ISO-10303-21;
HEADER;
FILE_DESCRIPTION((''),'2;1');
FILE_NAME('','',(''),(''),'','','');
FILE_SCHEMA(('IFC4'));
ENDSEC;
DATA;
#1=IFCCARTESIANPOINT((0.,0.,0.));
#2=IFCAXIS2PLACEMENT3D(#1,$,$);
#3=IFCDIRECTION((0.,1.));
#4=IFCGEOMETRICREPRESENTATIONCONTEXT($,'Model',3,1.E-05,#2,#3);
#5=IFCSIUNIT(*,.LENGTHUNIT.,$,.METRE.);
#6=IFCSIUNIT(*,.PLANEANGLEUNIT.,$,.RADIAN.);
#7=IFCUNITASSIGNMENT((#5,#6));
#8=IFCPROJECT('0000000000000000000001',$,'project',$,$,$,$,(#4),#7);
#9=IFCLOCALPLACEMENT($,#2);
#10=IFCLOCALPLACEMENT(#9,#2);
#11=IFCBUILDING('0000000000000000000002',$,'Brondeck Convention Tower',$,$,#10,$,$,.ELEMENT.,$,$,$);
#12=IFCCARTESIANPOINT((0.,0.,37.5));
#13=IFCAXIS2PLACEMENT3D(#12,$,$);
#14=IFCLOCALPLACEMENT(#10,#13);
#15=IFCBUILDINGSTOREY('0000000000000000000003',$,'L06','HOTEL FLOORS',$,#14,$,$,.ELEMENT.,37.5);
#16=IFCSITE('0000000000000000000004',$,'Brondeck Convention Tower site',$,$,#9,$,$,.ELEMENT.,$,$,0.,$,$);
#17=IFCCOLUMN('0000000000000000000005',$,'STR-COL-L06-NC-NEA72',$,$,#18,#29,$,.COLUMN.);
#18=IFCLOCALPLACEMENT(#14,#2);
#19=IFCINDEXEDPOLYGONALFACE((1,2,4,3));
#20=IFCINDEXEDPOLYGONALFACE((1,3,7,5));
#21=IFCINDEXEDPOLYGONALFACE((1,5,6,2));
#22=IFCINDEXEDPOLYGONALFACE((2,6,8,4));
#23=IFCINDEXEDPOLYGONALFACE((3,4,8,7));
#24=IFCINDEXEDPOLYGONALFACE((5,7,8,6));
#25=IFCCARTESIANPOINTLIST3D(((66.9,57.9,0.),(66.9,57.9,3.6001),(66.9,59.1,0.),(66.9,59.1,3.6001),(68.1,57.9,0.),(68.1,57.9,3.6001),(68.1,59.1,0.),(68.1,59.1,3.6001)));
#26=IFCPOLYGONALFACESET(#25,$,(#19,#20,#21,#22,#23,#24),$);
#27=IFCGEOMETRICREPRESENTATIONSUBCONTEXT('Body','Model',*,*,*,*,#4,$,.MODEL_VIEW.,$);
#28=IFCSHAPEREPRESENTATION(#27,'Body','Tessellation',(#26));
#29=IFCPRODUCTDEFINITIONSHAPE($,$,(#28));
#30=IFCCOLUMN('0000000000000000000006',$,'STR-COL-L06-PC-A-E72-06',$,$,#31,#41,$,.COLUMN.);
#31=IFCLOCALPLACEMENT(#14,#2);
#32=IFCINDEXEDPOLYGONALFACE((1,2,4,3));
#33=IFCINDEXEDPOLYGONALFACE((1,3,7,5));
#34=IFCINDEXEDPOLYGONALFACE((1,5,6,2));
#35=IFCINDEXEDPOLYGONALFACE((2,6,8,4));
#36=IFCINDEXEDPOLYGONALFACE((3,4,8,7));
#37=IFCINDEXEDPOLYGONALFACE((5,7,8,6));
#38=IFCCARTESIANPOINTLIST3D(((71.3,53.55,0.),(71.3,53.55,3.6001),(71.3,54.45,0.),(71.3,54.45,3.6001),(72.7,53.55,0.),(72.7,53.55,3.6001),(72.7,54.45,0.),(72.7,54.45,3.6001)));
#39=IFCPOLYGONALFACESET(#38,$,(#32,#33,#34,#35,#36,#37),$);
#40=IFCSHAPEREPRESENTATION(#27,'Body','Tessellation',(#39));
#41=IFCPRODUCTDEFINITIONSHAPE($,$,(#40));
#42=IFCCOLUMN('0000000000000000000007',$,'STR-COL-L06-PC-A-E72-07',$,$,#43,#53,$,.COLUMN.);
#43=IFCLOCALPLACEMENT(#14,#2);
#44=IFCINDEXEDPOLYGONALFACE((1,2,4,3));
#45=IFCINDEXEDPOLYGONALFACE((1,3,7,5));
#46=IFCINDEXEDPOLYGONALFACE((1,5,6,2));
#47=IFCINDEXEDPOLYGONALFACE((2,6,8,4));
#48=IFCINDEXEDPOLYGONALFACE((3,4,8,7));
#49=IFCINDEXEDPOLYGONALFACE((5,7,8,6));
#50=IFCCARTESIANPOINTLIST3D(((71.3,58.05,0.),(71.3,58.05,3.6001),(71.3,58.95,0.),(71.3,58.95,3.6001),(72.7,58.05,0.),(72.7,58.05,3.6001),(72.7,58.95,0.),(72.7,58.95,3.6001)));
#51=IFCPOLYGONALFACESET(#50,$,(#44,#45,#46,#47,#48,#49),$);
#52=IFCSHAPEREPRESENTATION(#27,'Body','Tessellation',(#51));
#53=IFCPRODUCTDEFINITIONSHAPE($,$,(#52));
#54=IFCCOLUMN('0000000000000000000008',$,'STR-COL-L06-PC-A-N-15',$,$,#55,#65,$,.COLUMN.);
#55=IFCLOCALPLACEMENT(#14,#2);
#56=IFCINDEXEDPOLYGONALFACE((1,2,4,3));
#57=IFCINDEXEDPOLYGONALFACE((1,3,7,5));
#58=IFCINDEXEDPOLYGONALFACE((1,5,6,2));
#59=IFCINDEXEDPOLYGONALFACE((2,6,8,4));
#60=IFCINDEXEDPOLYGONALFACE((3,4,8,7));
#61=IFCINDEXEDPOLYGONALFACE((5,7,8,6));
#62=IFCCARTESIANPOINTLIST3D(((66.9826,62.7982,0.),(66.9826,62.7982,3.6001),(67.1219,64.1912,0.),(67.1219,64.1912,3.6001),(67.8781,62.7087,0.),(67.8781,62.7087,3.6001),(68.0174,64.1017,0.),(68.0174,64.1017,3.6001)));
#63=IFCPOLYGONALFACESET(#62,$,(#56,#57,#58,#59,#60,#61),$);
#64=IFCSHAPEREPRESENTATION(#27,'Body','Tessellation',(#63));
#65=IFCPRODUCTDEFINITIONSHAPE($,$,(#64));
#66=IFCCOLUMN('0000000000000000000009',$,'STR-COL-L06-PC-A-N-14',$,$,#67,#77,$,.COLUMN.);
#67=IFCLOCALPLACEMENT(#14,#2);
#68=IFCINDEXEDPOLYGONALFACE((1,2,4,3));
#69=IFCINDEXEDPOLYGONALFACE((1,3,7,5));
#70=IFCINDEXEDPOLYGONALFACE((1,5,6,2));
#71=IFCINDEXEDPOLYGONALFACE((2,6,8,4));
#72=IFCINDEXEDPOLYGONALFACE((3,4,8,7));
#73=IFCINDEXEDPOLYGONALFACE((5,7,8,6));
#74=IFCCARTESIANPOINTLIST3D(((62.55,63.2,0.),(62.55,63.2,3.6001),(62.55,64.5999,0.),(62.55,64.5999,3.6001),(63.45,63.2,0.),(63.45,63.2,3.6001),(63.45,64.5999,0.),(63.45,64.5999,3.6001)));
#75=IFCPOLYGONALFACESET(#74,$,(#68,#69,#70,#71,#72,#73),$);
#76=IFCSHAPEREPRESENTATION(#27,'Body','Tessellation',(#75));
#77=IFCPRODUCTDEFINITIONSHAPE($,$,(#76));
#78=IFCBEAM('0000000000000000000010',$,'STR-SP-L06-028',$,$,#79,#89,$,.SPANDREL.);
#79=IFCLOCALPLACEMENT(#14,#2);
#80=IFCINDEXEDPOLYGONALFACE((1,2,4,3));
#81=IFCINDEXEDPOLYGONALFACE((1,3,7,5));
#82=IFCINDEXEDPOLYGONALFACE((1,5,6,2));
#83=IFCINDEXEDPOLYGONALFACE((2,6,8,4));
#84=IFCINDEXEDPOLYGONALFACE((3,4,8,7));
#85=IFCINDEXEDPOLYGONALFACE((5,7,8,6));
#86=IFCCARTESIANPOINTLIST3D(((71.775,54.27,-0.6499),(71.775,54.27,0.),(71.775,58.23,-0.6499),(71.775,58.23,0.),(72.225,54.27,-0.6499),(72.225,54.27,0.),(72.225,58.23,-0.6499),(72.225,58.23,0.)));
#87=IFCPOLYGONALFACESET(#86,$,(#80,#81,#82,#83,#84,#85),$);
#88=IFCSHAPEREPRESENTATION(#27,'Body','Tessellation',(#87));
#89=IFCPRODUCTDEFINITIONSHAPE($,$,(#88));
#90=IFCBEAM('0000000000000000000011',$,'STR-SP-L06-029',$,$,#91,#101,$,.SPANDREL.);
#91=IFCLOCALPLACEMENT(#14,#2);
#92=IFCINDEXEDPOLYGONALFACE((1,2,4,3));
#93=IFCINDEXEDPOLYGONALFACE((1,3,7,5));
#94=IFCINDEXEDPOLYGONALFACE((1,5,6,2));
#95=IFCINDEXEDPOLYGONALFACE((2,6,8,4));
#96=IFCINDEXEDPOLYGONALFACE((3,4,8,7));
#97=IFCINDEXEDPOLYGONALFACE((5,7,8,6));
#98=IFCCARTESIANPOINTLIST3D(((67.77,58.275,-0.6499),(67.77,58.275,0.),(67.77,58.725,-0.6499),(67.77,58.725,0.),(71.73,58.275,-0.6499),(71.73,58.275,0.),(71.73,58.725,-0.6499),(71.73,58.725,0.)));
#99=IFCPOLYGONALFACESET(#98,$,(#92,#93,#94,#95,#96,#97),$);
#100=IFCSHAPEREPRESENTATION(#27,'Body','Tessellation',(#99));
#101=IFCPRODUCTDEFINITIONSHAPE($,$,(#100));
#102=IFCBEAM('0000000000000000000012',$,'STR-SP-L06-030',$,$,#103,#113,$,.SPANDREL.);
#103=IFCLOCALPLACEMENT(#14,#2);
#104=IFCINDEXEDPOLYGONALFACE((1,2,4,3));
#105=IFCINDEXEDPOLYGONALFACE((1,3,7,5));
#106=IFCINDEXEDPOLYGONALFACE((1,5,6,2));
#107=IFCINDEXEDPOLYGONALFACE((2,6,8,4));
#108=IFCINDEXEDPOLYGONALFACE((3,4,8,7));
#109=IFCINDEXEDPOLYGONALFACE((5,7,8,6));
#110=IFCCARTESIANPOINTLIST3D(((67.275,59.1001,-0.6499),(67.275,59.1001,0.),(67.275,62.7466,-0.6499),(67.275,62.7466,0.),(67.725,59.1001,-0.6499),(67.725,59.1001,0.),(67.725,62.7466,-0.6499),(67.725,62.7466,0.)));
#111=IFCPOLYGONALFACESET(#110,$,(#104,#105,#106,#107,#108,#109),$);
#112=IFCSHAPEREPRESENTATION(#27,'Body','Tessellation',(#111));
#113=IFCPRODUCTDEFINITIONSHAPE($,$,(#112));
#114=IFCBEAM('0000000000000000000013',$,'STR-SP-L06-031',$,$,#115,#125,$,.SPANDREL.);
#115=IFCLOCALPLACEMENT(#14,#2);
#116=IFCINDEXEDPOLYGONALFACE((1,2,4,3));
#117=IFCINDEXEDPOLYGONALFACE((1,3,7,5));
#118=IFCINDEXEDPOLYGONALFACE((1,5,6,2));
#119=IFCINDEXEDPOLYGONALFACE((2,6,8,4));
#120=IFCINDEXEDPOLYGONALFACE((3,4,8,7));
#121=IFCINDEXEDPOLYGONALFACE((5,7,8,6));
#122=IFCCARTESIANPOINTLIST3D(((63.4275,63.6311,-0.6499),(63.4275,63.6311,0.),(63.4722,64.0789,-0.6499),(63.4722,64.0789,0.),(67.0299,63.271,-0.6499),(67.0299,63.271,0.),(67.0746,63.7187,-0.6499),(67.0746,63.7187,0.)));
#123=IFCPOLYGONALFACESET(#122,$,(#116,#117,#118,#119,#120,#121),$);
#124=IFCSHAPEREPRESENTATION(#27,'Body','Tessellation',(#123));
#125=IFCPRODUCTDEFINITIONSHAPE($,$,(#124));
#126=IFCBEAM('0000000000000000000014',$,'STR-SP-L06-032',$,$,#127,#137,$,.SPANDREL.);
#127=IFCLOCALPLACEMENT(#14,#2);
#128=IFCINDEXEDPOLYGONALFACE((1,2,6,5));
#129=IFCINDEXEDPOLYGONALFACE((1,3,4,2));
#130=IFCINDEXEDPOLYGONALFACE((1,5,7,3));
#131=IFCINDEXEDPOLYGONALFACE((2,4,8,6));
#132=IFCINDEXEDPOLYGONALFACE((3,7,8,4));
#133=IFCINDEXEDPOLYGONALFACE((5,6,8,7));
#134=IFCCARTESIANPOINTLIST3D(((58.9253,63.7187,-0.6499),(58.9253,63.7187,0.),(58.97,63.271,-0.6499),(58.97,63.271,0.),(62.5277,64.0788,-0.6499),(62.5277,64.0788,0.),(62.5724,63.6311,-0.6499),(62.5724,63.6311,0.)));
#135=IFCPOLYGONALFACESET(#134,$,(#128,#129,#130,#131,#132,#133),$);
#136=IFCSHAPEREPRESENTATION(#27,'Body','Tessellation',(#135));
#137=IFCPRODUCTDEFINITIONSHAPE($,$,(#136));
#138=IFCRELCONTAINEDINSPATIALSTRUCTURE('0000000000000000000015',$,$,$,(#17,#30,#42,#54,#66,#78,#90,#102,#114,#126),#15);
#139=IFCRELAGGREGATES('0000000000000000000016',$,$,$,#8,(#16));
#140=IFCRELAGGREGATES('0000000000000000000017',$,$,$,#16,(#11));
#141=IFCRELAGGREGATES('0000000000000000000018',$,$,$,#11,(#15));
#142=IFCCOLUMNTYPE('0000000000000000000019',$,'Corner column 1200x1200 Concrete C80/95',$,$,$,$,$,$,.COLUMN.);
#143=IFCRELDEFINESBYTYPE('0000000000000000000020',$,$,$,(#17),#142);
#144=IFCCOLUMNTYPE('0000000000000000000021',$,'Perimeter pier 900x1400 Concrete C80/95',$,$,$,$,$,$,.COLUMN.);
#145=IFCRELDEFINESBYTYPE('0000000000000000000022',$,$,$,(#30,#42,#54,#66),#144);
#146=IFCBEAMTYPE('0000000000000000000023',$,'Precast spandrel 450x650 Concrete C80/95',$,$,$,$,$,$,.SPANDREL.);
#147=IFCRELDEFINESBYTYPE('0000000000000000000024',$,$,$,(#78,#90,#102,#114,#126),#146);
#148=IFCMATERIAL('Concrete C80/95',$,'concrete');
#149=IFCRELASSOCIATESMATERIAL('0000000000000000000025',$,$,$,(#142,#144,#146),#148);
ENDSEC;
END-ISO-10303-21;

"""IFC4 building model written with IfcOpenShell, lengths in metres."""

from ifc_helpers import new_model, si_unit, direction, frame, origin, origin_2d, place, context, subcontext, project, spatial, rectangle, extrude, material, material_profile, profile_set, type_object, element, save


model = new_model("IFC4")

# Units and contexts
model_context = context("Model", 3, precision=1e-05, world=origin(), true_north=direction((0.0, 1.0)))
body_context = subcontext(model_context, "Body", "Model", "MODEL_VIEW")
ifc_project = project(units=[si_unit("LENGTHUNIT", "METRE"), si_unit("PLANEANGLEUNIT", "RADIAN")], contexts=[model_context])

# Site, building, storey
site_placement = place(None, origin())
site = spatial("IfcSite", under=ifc_project, at=site_placement, Name="Brondeck Convention Tower site", CompositionType="ELEMENT", RefElevation=0.0)
building_placement = place(site_placement, origin())
building = spatial("IfcBuilding", under=site, at=building_placement, Name="Brondeck Convention Tower", CompositionType="ELEMENT")
storey_placement = place(building_placement, frame((0.0, 0.0, 37.5)))
storey = spatial("IfcBuildingStorey", under=building, at=storey_placement, Name="L06", Description="HOTEL FLOORS", CompositionType="ELEMENT", Elevation=37.5)

# Columns
ifc_material_1 = material(Name="Concrete C80/95", Category="concrete")
ifc_material_profile_1 = material_profile(ifc_material_1, rectangle(XDim=1.2, YDim=1.2, at=origin_2d()), Name="Corner column 1200x1200 Concrete C80/95")
ifc_profile_set_1 = profile_set([ifc_material_profile_1], Name="Concrete C80/95")
column_type_1 = type_object("IfcColumnType", Name="Corner column 1200x1200 Concrete C80/95", PredefinedType="COLUMN", material=ifc_profile_set_1)
column_placement = place(storey_placement, frame((67.5, 58.5, 0.0), z_axis=(0.0, 0.0, 1.0), x_axis=(1.0, 0.0, 0.0)))
element("IfcColumn", 1, at=column_placement, inside=storey, type_object=column_type_1, Name="STR-COL-L06-NC-NEA72", PredefinedType="COLUMN", context=body_context, shape_type="SweptSolid", body=[
    extrude(rectangle(XDim=1.2, YDim=1.2, at=origin_2d()), origin(), (0.0, 0.0, 1.0), 3.6001),
])
ifc_material_profile_2 = material_profile(ifc_material_1, rectangle(XDim=0.8999, YDim=1.3999, at=origin_2d()), Name="Perimeter pier 900x1400 Concrete C80/95")
ifc_profile_set_2 = profile_set([ifc_material_profile_2], Name="Concrete C80/95")
column_type_2 = type_object("IfcColumnType", Name="Perimeter pier 900x1400 Concrete C80/95", PredefinedType="COLUMN", material=ifc_profile_set_2)
for number, where, z_axis, x_axis, name in (
    (2, (72.0, 54.0, 0.0), (0.0, 0.0, 1.0), (0.0, 1.0, 0.0), "STR-COL-L06-PC-A-E72-06"),
    (3, (72.0, 58.5, 0.0), (0.0, 0.0, 1.0), (0.0, 1.0, 0.0), "STR-COL-L06-PC-A-E72-07"),
    (4, (67.5, 63.45, 0.0), (0.0, 0.0, 1.0), (-0.995037, 0.099504, 0.0), "STR-COL-L06-PC-A-N-15"),
    (5, (63.0, 63.8999, 0.0), (0.0, 0.0, 1.0), (-1.0, 0.0, 0.0), "STR-COL-L06-PC-A-N-14"),
):
    element("IfcColumn", number, at=place(storey_placement, frame(where, z_axis=z_axis, x_axis=x_axis)), inside=storey, type_object=column_type_2, Name=name, PredefinedType="COLUMN", context=body_context, shape_type="SweptSolid", body=[
        extrude(rectangle(XDim=0.8999, YDim=1.3999, at=origin_2d()), origin(), (0.0, 0.0, 1.0), 3.6001),
    ])

# Beams
ifc_material_profile_3 = material_profile(ifc_material_1, rectangle(XDim=0.45, YDim=0.6499, at=origin_2d()), Name="Precast spandrel 450x650 Concrete C80/95")
ifc_profile_set_3 = profile_set([ifc_material_profile_3], Name="Concrete C80/95")
beam_type = type_object("IfcBeamType", Name="Precast spandrel 450x650 Concrete C80/95", PredefinedType="SPANDREL", material=ifc_profile_set_3)
for number, where, z_axis, x_axis, name in (
    (6, (72.0, 54.27, -0.325), (0.0, 1.0, 0.0), (-1.0, 0.0, 0.0), "STR-SP-L06-028"),
    (7, (71.73, 58.5, -0.325), (-1.0, 0.0, 0.0), (0.0, -1.0, 0.0), "STR-SP-L06-029"),
):
    element("IfcBeam", number, at=place(storey_placement, frame(where, z_axis=z_axis, x_axis=x_axis)), inside=storey, type_object=beam_type, Name=name, PredefinedType="SPANDREL", context=body_context, shape_type="SweptSolid", body=[
        extrude(rectangle(XDim=0.45, YDim=0.6499, at=origin_2d()), origin(), (0.0, 0.0, 1.0), 3.96),
    ])
beam_placement = place(storey_placement, frame((67.5, 59.1001, -0.325), z_axis=(0.0, 1.0, 0.0), x_axis=(-1.0, 0.0, 0.0)))
element("IfcBeam", 8, at=beam_placement, inside=storey, type_object=beam_type, Name="STR-SP-L06-030", PredefinedType="SPANDREL", context=body_context, shape_type="SweptSolid", body=[
    extrude(rectangle(XDim=0.45, YDim=0.6499, at=origin_2d()), origin(), (0.0, 0.0, 1.0), 3.6465),
])
for number, where, z_axis, x_axis, name in (
    (9, (67.0522, 63.4949, -0.325), (-0.995041, 0.09947, 0.0), (-0.09947, -0.995041, 0.0), "STR-SP-L06-031"),
    (10, (62.55, 63.855, -0.325), (-0.995041, -0.09947, 0.0), (0.09947, -0.995041, 0.0), "STR-SP-L06-032"),
):
    element("IfcBeam", number, at=place(storey_placement, frame(where, z_axis=z_axis, x_axis=x_axis)), inside=storey, type_object=beam_type, Name=name, PredefinedType="SPANDREL", context=body_context, shape_type="SweptSolid", body=[
        extrude(rectangle(XDim=0.45, YDim=0.6499, at=origin_2d()), origin(), (0.0, 0.0, 1.0), 3.6204),
    ])

save(model, "model.ifc")
